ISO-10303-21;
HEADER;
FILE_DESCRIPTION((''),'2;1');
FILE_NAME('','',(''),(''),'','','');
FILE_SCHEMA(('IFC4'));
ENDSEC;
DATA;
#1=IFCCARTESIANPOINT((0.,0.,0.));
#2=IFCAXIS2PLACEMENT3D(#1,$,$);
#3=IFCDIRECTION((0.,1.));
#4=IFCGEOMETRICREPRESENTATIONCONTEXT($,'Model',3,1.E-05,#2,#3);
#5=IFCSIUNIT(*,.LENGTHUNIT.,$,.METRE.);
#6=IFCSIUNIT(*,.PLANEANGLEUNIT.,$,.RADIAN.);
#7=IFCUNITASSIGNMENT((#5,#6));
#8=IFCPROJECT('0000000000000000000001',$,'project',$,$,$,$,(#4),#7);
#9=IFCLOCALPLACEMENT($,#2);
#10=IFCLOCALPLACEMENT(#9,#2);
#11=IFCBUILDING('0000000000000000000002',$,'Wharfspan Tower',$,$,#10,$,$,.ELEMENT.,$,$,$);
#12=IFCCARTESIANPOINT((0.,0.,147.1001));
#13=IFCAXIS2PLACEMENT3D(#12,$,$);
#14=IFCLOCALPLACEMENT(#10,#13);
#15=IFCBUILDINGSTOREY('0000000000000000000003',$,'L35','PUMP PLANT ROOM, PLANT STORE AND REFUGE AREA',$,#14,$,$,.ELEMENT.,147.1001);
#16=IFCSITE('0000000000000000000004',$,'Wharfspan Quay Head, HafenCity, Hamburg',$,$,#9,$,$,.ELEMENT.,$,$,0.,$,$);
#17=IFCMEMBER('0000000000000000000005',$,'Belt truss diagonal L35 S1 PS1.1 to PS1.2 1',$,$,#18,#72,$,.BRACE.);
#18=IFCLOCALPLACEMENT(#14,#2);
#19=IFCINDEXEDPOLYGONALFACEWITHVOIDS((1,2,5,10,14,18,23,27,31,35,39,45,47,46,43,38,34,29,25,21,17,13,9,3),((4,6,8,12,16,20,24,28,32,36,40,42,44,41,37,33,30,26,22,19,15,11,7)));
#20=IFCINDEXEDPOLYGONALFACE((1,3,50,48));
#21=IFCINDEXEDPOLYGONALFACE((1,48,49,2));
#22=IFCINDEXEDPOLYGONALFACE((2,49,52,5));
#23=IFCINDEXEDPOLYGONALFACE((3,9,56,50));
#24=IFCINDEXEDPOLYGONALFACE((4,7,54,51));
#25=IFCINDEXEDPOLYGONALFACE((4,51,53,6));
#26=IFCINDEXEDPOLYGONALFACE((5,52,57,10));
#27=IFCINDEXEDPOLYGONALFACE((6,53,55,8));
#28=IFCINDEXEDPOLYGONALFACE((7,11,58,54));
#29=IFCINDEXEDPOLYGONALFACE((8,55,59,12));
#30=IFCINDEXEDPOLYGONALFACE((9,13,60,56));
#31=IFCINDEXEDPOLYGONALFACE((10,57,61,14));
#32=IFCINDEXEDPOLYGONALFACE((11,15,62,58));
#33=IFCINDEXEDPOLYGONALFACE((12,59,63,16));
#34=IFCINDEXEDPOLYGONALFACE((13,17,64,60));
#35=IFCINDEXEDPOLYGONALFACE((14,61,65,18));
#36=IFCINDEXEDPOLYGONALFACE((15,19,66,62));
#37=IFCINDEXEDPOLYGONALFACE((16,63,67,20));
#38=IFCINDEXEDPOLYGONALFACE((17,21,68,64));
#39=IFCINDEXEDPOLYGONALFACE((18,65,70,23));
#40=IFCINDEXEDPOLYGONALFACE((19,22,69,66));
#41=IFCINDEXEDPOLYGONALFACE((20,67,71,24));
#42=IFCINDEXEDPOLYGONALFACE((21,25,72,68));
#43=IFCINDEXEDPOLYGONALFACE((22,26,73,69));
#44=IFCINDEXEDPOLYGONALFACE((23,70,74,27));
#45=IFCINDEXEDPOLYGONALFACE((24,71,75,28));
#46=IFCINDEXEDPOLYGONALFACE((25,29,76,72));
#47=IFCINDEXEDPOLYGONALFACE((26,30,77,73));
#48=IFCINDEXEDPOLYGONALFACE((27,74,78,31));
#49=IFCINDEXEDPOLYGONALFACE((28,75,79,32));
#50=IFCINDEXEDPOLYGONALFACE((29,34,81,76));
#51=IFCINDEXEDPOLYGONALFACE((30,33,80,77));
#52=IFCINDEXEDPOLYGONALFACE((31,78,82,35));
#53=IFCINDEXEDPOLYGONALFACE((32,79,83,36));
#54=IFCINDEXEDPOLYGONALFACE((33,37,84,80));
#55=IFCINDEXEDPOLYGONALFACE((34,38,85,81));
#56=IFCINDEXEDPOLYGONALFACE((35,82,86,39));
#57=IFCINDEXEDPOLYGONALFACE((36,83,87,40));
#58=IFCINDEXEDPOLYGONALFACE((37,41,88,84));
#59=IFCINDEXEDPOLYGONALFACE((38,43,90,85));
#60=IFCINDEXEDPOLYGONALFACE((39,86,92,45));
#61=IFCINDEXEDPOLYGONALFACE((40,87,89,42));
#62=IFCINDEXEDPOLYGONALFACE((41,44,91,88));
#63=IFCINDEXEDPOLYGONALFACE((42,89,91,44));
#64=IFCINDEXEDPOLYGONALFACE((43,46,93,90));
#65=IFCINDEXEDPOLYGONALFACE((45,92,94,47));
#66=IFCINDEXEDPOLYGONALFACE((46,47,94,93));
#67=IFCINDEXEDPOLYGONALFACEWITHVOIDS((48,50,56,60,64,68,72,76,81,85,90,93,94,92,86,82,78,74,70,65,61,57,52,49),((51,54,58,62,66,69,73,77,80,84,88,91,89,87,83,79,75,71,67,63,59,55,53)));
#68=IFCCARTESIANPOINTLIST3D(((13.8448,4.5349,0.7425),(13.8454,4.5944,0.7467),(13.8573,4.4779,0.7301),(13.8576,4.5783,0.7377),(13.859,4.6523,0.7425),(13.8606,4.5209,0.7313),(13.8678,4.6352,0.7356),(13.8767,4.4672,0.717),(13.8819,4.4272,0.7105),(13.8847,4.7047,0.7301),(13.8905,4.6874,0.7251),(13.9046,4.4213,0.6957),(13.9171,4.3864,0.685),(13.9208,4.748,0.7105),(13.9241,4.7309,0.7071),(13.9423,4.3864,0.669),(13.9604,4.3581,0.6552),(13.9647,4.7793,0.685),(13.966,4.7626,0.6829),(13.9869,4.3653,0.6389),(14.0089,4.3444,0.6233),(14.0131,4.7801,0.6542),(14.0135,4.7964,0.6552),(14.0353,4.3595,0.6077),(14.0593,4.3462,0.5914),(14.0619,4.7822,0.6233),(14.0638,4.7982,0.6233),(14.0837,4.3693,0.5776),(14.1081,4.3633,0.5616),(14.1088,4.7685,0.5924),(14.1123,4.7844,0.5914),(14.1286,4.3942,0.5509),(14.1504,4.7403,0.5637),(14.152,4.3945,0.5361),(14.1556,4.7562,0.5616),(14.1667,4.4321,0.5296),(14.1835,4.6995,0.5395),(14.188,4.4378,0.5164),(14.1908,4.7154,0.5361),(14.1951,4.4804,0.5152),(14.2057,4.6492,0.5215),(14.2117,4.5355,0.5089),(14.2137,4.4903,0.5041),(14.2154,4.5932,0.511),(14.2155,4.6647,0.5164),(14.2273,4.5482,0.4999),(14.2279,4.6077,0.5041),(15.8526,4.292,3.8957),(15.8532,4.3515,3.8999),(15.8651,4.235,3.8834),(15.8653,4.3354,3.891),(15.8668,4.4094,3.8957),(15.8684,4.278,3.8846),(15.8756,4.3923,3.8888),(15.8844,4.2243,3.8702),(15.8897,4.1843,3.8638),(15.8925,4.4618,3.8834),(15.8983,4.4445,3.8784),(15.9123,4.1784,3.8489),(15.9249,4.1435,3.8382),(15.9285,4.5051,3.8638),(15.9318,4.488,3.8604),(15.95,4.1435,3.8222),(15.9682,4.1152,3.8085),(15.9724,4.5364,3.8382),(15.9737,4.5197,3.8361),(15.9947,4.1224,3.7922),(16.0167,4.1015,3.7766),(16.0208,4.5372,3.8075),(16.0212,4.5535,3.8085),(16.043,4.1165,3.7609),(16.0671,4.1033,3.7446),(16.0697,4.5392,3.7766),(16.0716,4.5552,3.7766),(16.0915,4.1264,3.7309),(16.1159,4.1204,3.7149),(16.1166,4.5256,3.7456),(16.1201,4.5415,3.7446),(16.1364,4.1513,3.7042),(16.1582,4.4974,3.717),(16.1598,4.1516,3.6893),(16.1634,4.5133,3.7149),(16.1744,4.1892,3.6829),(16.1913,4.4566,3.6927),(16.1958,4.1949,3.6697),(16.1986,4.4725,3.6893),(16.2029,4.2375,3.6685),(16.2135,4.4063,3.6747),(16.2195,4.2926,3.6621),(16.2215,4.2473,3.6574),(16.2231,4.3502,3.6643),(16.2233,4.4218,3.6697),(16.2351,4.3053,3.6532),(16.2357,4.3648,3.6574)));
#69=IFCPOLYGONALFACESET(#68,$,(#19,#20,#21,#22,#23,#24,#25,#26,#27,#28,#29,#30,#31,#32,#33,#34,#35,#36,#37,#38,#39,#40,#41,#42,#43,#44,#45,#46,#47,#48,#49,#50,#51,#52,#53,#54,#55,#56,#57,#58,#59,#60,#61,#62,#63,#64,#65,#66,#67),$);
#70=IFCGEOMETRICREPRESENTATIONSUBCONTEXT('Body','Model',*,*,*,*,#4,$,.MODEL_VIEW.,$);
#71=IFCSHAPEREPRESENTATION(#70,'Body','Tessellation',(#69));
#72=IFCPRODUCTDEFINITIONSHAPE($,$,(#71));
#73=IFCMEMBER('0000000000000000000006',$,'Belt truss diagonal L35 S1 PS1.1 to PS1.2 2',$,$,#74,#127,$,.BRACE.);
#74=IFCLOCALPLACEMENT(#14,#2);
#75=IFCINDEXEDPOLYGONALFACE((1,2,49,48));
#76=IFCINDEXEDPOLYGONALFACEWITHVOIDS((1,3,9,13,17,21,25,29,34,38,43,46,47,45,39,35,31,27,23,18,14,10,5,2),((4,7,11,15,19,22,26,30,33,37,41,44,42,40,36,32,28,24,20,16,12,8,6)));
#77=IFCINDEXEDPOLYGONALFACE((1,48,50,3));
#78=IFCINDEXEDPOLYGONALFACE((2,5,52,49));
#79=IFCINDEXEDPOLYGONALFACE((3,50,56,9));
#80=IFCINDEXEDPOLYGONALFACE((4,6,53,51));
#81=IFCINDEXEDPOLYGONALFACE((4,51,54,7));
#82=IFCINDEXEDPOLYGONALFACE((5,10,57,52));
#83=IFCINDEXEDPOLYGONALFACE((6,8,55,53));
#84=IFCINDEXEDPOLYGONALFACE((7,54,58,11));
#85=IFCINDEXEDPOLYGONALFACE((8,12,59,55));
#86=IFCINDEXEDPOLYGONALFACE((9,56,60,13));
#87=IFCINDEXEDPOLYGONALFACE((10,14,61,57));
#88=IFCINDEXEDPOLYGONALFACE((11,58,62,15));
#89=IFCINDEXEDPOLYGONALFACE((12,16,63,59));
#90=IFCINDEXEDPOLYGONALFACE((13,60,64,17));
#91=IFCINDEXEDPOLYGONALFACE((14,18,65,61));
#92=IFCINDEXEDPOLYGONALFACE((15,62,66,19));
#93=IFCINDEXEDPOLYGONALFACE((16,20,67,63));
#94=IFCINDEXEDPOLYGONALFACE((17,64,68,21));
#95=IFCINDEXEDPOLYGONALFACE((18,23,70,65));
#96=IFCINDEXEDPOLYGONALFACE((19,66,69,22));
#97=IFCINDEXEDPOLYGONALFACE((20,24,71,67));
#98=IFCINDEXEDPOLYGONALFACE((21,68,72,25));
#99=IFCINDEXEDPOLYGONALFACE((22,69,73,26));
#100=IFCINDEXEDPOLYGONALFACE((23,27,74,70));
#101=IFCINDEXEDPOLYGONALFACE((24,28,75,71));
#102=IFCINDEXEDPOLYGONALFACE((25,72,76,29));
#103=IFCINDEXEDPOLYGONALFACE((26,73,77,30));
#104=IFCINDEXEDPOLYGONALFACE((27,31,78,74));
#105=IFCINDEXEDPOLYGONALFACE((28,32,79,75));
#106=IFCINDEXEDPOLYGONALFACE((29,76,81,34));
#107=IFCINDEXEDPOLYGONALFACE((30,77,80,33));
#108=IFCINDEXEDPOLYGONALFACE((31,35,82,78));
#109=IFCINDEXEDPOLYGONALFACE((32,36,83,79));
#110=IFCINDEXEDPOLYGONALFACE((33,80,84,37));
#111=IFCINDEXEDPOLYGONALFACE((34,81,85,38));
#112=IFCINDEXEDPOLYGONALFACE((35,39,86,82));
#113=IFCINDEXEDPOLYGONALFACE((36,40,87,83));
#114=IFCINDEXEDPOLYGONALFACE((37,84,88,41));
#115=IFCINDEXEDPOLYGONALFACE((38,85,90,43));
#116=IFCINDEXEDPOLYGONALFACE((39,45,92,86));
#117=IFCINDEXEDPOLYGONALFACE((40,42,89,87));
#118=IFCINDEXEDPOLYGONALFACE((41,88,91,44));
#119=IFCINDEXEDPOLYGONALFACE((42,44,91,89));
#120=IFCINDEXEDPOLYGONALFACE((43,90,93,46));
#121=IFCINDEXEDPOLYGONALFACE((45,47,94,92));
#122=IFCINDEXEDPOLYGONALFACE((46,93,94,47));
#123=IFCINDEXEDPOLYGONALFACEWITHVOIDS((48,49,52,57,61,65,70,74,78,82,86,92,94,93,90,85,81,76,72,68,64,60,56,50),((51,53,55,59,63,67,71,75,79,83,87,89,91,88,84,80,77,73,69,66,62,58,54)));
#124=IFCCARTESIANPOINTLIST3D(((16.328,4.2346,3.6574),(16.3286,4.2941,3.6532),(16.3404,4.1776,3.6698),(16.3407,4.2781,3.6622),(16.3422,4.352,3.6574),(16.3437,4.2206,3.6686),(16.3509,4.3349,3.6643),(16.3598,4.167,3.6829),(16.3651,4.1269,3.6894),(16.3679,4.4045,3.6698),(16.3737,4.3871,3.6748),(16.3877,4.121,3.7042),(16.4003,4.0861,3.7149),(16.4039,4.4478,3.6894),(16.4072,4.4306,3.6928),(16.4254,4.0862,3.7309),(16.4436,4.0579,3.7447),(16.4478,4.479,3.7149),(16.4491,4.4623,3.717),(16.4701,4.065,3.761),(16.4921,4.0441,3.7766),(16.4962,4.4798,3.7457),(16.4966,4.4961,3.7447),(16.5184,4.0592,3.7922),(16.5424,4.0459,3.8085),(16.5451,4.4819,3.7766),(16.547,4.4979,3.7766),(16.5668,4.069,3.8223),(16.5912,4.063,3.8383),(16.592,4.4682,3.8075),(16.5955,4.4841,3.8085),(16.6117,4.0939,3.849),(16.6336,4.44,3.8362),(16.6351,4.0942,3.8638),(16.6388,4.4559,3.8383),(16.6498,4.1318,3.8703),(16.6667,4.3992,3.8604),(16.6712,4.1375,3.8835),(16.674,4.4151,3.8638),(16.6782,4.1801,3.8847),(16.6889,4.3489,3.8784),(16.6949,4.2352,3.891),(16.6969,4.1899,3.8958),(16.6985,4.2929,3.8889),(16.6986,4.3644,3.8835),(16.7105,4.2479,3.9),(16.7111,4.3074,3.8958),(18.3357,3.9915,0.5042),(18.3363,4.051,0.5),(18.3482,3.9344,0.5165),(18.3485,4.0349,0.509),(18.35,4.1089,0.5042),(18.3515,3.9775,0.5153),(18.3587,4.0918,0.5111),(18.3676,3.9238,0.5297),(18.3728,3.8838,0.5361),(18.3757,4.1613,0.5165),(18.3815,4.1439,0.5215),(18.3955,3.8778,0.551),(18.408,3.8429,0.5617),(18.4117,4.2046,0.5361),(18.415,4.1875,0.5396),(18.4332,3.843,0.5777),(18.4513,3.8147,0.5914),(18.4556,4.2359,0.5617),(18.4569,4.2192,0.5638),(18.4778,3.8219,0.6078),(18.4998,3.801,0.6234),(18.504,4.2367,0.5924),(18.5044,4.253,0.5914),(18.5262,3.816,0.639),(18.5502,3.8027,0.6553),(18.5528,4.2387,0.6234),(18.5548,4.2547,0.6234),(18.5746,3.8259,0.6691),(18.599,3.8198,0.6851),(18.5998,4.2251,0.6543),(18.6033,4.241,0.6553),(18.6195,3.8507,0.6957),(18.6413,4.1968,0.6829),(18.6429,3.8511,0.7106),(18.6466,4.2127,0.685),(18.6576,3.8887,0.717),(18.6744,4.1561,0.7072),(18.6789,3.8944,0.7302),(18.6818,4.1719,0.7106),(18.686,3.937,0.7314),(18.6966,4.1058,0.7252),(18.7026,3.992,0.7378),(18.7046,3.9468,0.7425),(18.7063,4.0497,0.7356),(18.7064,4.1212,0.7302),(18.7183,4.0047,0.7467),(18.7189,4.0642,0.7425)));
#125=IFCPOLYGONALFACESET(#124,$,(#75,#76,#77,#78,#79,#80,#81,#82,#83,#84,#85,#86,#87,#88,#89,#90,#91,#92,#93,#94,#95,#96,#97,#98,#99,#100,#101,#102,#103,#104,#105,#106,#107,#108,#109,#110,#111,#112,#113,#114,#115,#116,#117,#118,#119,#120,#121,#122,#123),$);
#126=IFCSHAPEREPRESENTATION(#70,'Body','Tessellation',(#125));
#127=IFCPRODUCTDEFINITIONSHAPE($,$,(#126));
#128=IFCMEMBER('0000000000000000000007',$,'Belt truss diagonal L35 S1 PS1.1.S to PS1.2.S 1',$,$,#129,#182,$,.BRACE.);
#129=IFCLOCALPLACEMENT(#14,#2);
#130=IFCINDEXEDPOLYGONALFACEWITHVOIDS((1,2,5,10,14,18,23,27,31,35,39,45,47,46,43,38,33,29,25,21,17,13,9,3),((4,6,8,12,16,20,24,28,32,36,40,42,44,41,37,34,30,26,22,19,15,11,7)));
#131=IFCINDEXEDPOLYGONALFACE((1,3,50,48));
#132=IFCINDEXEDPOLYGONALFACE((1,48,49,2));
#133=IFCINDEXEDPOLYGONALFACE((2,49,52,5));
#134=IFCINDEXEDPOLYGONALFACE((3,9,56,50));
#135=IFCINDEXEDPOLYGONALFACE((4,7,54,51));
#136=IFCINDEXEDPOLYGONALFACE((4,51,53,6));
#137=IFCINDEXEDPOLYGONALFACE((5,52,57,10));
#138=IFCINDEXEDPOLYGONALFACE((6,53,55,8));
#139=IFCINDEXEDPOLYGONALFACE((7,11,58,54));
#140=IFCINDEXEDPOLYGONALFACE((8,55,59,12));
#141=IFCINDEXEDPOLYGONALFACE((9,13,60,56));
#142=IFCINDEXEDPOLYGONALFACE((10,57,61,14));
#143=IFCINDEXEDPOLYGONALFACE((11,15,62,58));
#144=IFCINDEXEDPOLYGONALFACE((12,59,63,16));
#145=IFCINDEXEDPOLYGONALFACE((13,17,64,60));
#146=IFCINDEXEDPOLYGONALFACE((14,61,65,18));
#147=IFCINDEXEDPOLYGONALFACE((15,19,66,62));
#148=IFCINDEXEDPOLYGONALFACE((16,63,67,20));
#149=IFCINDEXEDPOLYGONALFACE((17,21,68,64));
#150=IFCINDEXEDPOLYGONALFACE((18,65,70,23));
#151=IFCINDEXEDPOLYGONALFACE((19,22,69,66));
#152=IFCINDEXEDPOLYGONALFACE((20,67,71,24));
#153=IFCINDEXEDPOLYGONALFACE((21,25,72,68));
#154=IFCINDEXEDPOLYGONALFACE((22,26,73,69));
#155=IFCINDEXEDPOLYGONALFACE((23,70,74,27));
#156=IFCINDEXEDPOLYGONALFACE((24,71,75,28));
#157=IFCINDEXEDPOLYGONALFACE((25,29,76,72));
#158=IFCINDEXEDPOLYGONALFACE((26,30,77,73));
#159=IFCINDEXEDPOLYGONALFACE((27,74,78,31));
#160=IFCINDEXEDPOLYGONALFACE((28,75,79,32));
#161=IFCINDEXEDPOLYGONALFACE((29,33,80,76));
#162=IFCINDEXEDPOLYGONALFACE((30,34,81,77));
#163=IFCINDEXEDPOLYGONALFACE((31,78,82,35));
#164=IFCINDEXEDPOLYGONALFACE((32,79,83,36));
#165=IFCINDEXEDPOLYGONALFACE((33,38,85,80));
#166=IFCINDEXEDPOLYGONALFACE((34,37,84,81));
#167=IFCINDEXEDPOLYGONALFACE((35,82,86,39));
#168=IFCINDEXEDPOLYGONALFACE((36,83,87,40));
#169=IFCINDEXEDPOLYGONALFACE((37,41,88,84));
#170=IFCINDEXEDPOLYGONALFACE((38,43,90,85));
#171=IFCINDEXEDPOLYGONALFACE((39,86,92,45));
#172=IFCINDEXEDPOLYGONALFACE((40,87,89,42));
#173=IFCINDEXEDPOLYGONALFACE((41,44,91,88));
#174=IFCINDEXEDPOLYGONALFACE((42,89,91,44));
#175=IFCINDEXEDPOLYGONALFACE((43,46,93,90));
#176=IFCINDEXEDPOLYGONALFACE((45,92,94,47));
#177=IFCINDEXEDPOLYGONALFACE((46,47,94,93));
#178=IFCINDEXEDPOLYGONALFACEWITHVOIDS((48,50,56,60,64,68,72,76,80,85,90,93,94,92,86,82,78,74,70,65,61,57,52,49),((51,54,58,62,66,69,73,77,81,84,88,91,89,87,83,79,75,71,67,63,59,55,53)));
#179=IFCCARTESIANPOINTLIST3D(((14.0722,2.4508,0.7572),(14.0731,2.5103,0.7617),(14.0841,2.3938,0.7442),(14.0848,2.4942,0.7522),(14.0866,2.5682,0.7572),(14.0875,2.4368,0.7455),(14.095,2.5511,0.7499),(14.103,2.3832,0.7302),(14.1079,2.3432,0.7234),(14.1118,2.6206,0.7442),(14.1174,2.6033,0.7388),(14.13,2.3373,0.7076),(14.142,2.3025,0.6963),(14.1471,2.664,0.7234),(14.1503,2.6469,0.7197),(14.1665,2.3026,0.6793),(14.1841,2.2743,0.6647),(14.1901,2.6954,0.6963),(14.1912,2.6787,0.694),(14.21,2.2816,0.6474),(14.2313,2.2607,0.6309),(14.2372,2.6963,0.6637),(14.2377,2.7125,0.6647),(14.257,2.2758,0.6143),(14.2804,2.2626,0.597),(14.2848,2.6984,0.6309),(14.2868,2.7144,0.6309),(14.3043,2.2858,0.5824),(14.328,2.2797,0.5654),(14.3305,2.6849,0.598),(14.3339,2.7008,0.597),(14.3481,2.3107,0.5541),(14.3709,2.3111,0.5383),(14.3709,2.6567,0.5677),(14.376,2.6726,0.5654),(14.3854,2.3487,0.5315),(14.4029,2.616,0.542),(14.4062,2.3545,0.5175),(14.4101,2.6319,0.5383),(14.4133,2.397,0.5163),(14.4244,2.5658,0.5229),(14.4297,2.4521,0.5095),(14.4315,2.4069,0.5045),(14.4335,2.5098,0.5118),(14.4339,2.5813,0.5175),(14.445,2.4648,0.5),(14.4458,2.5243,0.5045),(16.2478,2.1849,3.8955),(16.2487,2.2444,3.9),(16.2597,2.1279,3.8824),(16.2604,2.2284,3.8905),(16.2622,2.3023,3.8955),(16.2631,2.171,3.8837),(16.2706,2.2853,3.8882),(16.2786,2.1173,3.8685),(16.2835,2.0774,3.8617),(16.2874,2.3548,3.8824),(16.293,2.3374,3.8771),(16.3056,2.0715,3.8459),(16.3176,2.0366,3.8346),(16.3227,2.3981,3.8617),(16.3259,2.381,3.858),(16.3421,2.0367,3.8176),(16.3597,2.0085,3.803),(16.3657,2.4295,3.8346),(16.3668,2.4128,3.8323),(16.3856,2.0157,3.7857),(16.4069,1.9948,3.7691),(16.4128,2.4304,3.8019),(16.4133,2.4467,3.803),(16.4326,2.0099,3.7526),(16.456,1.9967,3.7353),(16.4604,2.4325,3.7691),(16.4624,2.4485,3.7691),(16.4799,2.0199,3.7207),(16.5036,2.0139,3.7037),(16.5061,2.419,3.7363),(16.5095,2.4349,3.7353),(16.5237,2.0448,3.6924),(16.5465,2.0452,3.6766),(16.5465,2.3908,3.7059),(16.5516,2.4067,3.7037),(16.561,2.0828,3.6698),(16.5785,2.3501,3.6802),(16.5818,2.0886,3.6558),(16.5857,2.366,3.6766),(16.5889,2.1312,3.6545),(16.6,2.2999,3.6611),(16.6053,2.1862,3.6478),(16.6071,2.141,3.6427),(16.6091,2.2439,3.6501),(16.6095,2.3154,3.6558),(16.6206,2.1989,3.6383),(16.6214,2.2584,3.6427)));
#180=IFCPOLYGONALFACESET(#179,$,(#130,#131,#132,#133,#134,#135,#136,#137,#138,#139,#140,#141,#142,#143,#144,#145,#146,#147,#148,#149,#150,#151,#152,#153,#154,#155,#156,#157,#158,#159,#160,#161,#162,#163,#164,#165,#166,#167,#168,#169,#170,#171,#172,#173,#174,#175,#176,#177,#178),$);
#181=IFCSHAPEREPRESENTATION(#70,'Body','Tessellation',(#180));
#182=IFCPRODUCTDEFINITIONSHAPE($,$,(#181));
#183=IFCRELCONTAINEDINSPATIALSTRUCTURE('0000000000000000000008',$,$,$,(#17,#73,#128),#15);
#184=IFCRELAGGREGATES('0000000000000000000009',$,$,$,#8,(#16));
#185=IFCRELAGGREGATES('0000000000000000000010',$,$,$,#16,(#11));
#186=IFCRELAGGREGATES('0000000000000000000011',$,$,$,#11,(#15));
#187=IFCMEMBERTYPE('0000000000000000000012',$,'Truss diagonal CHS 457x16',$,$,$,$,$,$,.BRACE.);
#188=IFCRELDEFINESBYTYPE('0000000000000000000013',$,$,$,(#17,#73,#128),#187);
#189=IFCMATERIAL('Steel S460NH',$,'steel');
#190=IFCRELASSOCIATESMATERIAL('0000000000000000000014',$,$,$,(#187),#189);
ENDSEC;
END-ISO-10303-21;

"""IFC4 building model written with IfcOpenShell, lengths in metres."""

from ifc_helpers import new_model, si_unit, direction, frame, origin, origin_2d, place, context, subcontext, project, spatial, hollow_circle, extrude, material, material_profile, profile_set, type_object, element, save


model = new_model("IFC4")

# Units and contexts
model_context = context("Model", 3, precision=1e-05, world=origin(), true_north=direction((0.0, 1.0)))
body_context = subcontext(model_context, "Body", "Model", "MODEL_VIEW")
ifc_project = project(units=[si_unit("LENGTHUNIT", "METRE"), si_unit("PLANEANGLEUNIT", "RADIAN")], contexts=[model_context])

# Site, building, storey
site_placement = place(None, origin())
site = spatial("IfcSite", under=ifc_project, at=site_placement, Name="Wharfspan Quay Head, HafenCity, Hamburg", CompositionType="ELEMENT", RefElevation=0.0)
building_placement = place(site_placement, origin())
building = spatial("IfcBuilding", under=site, at=building_placement, Name="Wharfspan Tower", CompositionType="ELEMENT")
storey_placement = place(building_placement, frame((0.0, 0.0, 147.1001)))
storey = spatial("IfcBuildingStorey", under=building, at=storey_placement, Name="L35", Description="PUMP PLANT ROOM, PLANT STORE AND REFUGE AREA", CompositionType="ELEMENT", Elevation=147.1001)

# Members
ifc_material_1 = material(Name="Steel S460NH", Category="steel")
ifc_material_profile_1 = material_profile(ifc_material_1, hollow_circle(Radius=0.2285, WallThickness=0.0161, at=origin_2d()))
ifc_profile_set_1 = profile_set([ifc_material_profile_1], Name="Steel S460NH")
member_type_1 = type_object("IfcMemberType", Name="Truss diagonal CHS 457x16", PredefinedType="BRACE", material=ifc_profile_set_1)
for number, where, z_axis, x_axis, name in (
    (1, (14.0364, 4.5713, 0.6233), (0.535965, -0.064845, 0.841746), (0.120113, 0.99276, -0.000001), "Belt truss diagonal L35 S1 PS1.1 to PS1.2 1"),
    (2, (16.5195, 4.271, 3.7766), (0.535963, -0.06491, -0.841743), (0.120226, 0.992747, -0.000003), "Belt truss diagonal L35 S1 PS1.1 to PS1.2 2"),
):
    element("IfcMember", number, at=place(storey_placement, frame(where, z_axis=z_axis, x_axis=x_axis)), inside=storey, type_object=member_type_1, Name=name, PredefinedType="BRACE", context=body_context, shape_type="SweptSolid", body=[
        extrude(hollow_circle(Radius=0.2285, WallThickness=0.0161, at=origin_2d()), origin(), (0.0, 0.0, 1.0), 3.7461),
    ])
member_1_placement = place(storey_placement, frame((14.259, 2.4875, 0.6309), z_axis=(0.568356, -0.069458, 0.819846), x_axis=(0.121309, 0.992615, -0.000002)))
element("IfcMember", 3, at=member_1_placement, inside=storey, type_object=member_type_1, Name="Belt truss diagonal L35 S1 PS1.1.S to PS1.2.S 1", PredefinedType="BRACE", context=body_context, shape_type="SweptSolid", body=[
    extrude(hollow_circle(Radius=0.2285, WallThickness=0.0161, at=origin_2d()), origin(), (0.0, 0.0, 1.0), 3.8279),
])

save(model, "model.ifc")
